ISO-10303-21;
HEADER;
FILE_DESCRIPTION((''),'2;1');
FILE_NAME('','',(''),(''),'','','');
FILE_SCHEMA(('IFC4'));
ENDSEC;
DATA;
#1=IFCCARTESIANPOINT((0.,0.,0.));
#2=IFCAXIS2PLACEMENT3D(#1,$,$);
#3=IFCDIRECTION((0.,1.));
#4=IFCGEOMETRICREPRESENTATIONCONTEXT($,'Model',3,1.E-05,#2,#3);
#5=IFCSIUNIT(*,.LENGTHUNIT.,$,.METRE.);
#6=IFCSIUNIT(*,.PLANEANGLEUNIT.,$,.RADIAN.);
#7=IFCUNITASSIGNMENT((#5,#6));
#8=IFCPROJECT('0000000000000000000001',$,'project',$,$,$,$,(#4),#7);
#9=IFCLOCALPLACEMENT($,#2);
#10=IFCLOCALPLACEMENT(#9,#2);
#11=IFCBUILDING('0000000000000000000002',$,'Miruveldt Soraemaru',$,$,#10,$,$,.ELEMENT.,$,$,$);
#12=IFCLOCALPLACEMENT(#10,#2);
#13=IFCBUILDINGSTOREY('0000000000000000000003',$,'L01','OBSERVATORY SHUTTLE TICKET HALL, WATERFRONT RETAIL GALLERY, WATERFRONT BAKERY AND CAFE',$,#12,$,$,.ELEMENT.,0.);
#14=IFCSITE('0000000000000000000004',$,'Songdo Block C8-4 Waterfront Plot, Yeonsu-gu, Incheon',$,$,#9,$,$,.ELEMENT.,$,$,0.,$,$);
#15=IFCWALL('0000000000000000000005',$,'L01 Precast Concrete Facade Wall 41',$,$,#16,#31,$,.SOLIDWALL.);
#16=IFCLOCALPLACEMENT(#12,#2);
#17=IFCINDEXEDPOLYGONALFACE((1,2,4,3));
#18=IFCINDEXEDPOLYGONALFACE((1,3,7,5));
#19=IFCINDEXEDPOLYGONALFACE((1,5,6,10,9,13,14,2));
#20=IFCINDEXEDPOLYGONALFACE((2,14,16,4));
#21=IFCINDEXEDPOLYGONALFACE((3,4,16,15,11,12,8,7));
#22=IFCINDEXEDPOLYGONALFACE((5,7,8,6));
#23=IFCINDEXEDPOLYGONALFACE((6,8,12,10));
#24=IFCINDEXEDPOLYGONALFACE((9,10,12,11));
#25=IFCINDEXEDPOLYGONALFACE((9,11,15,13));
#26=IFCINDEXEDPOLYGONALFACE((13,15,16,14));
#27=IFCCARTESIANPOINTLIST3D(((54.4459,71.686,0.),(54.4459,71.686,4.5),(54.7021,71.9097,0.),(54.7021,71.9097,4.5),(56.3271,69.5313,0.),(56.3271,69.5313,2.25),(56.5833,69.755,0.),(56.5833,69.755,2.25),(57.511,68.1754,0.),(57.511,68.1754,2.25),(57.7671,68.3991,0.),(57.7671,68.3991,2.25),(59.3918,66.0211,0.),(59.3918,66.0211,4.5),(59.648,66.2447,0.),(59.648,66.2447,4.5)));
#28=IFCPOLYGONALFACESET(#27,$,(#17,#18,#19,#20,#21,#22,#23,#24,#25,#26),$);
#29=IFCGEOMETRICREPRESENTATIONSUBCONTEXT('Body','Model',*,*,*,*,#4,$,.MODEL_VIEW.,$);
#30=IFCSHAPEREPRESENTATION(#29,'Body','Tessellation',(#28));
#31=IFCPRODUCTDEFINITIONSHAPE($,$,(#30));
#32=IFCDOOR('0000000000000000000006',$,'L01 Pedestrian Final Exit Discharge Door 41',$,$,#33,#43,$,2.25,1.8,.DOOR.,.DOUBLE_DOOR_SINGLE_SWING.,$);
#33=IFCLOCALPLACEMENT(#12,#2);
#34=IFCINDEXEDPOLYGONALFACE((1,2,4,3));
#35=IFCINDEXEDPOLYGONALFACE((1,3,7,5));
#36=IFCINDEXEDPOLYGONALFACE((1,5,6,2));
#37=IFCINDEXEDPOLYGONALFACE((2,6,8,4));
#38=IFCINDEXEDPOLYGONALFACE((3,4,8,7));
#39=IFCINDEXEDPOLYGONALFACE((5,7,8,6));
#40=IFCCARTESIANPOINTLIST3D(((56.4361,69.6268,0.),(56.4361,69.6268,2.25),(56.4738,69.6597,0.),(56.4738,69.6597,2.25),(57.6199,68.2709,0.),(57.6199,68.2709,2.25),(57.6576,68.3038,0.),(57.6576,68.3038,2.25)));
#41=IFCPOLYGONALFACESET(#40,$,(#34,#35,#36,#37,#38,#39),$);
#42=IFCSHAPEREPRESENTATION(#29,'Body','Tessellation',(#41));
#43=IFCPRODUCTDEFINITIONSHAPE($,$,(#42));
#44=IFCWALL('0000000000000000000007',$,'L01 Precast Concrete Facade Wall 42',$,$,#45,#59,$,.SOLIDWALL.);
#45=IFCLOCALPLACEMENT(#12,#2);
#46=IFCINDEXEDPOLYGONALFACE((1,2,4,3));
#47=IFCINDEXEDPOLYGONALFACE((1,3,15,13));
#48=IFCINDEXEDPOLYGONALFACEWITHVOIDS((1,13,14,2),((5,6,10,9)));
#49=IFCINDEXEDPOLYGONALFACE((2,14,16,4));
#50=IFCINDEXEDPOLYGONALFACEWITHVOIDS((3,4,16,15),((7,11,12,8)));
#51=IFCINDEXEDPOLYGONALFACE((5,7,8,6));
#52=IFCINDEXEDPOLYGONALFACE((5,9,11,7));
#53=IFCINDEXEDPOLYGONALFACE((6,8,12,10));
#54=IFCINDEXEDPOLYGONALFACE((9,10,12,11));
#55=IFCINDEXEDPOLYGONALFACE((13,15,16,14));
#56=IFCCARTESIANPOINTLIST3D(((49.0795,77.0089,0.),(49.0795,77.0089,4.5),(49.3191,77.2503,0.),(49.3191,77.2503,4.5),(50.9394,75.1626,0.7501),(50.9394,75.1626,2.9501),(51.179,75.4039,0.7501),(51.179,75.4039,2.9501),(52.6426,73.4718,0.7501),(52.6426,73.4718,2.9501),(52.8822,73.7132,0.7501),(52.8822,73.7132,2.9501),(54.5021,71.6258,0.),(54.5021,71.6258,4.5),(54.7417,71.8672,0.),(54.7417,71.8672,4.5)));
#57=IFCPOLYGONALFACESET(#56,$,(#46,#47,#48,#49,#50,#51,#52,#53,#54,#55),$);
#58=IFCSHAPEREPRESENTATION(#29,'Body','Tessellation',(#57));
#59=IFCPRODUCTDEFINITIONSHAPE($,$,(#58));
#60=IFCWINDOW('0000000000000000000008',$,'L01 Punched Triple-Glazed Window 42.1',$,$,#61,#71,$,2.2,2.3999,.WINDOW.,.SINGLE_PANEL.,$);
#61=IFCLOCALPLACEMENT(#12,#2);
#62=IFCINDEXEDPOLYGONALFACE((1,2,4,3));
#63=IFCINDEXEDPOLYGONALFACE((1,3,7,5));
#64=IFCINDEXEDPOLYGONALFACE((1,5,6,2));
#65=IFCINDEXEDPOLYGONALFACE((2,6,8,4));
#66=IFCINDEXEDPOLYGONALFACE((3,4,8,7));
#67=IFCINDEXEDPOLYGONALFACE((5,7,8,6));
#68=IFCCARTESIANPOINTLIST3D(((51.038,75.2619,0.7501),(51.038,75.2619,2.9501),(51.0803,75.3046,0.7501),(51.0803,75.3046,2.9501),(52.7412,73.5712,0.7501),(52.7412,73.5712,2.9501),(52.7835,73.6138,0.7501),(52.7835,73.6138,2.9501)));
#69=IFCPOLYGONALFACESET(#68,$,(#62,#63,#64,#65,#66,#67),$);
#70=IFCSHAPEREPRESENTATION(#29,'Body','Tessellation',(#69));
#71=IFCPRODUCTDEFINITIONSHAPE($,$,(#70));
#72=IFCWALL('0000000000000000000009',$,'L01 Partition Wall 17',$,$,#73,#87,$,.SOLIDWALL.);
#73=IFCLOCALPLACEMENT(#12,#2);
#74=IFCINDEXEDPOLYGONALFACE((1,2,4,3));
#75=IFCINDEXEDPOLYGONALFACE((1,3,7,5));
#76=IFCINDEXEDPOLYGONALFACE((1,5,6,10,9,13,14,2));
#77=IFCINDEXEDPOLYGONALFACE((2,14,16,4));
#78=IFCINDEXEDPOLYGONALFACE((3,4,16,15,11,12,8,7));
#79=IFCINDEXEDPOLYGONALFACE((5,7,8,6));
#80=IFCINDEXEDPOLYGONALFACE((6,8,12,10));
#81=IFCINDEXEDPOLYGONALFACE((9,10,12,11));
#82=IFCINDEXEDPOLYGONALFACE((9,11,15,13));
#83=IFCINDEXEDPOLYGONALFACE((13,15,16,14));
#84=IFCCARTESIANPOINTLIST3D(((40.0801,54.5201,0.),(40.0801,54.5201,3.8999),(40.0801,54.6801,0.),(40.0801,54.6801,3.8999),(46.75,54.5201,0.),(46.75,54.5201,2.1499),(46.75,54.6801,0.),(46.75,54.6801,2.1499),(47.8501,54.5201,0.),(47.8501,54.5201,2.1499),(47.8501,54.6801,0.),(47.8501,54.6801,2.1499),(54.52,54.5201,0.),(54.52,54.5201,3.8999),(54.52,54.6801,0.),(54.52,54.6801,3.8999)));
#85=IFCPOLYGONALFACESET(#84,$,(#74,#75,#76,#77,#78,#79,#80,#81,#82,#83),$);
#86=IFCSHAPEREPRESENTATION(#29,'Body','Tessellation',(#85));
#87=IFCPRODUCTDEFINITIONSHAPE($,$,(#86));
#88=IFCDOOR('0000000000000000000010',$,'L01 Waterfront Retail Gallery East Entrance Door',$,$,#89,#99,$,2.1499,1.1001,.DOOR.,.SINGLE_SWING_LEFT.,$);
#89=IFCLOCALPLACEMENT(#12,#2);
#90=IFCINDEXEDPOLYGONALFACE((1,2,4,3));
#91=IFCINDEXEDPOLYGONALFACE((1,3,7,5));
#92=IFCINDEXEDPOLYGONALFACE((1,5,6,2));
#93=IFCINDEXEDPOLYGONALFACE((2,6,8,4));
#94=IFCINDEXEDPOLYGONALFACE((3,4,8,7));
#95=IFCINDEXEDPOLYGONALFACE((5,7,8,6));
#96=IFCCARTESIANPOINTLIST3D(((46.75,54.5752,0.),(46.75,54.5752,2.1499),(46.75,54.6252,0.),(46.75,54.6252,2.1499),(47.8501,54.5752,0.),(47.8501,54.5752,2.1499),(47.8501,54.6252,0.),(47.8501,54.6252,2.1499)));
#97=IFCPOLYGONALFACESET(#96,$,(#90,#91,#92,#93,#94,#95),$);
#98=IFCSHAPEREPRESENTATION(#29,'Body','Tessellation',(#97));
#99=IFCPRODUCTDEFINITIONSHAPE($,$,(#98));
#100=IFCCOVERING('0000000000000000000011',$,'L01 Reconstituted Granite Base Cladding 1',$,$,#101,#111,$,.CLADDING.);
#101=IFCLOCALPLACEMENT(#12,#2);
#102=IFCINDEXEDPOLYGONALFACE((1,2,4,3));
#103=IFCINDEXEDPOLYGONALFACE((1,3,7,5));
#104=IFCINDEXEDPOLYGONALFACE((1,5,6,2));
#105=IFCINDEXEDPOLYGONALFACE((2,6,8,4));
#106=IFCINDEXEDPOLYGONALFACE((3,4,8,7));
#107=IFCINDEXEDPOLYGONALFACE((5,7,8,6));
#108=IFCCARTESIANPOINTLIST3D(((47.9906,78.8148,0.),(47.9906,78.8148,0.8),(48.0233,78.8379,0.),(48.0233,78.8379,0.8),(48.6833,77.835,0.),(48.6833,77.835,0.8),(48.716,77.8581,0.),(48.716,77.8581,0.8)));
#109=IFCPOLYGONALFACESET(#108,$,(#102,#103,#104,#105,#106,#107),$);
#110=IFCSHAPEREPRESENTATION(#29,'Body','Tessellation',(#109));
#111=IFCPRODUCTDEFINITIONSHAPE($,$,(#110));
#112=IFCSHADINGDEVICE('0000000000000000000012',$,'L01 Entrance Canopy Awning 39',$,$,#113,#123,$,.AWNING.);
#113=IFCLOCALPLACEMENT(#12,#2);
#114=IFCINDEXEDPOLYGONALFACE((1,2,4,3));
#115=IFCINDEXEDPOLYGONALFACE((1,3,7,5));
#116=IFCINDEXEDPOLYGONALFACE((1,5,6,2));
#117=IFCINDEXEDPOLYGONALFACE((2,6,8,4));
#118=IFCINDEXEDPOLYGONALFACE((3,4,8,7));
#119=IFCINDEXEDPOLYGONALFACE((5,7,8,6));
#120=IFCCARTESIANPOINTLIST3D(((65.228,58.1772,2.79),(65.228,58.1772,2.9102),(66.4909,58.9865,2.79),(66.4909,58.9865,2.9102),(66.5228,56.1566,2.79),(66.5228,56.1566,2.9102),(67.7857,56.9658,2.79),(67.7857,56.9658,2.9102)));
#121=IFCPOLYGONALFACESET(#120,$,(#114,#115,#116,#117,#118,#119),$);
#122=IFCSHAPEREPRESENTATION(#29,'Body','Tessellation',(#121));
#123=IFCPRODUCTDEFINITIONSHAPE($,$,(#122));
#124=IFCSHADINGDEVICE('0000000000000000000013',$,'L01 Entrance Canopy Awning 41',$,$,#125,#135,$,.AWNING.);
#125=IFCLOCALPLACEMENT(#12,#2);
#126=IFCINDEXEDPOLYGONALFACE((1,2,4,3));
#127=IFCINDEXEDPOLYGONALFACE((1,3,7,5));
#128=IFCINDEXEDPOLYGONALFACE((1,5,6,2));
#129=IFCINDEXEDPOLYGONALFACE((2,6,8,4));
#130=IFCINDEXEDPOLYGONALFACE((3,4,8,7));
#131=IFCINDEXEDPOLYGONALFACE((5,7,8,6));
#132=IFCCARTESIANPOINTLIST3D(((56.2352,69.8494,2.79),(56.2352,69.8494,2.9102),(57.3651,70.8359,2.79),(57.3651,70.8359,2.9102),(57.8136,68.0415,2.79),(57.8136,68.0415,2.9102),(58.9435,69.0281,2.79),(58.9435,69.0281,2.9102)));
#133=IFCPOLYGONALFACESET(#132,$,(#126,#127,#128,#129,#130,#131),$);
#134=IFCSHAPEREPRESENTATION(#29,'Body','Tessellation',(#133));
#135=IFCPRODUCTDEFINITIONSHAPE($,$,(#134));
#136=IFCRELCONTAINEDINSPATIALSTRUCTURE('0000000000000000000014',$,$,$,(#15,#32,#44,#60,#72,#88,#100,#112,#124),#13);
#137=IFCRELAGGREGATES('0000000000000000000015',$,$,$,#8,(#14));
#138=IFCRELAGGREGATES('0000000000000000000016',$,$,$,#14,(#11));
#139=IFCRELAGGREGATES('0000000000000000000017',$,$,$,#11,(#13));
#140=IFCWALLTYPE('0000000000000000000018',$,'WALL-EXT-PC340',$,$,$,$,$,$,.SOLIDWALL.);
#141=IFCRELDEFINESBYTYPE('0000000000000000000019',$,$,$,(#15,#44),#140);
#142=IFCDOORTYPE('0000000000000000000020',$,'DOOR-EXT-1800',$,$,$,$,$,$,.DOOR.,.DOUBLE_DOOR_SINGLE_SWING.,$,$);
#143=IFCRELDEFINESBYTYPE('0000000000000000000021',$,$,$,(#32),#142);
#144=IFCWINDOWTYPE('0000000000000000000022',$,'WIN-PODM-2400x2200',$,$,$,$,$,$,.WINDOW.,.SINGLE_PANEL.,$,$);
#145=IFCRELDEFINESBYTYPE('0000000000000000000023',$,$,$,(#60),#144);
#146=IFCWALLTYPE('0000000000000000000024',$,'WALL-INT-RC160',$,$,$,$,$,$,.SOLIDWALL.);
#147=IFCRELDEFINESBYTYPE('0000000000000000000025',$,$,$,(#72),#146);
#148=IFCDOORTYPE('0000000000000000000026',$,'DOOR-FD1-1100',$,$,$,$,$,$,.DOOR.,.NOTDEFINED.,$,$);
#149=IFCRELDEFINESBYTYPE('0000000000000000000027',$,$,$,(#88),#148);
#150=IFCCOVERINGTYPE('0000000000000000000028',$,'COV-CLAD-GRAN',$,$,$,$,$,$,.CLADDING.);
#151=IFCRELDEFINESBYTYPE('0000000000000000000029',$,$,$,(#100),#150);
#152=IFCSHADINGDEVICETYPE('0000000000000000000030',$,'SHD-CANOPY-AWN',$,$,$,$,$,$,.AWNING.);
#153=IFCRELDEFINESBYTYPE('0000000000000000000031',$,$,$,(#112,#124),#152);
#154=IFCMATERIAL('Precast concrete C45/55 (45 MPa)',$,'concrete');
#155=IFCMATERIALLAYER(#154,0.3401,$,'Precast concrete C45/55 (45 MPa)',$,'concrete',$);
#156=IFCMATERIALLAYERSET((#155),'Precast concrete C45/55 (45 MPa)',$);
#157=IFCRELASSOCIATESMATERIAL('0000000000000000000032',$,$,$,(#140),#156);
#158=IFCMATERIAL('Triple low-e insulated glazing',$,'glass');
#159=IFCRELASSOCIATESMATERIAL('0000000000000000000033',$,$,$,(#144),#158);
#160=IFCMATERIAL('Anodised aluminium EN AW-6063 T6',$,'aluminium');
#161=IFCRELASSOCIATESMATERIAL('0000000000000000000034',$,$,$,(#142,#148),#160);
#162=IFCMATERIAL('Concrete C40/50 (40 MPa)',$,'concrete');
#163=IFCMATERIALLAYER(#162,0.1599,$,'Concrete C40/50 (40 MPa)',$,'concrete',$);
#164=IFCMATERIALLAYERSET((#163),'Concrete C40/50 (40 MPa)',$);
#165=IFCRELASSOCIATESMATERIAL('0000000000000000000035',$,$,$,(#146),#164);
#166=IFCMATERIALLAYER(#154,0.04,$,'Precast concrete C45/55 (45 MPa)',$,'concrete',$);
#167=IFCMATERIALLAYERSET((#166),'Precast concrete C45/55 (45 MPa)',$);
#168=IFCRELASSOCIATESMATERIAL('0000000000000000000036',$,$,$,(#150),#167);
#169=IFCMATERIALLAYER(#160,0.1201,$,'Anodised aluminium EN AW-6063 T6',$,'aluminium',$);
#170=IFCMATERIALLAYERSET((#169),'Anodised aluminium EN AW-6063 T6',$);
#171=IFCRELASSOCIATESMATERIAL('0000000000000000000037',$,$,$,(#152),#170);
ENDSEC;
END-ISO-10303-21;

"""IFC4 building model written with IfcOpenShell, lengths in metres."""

from ifc_helpers import new_model, si_unit, direction, frame, frame_2d, origin, origin_2d, place, context, subcontext, project, spatial, rectangle, extrude, material, layer, layer_set, type_object, element, fill, save


model = new_model("IFC4")

# Units and contexts
model_context = context("Model", 3, precision=1e-05, world=origin(), true_north=direction((0.0, 1.0)))
body_context = subcontext(model_context, "Body", "Model", "MODEL_VIEW")
ifc_project = project(units=[si_unit("LENGTHUNIT", "METRE"), si_unit("PLANEANGLEUNIT", "RADIAN")], contexts=[model_context])

# Site, building, storey
site_placement = place(None, origin())
site = spatial("IfcSite", under=ifc_project, at=site_placement, Name="Songdo Block C8-4 Waterfront Plot, Yeonsu-gu, Incheon", CompositionType="ELEMENT", RefElevation=0.0)
building_placement = place(site_placement, origin())
building = spatial("IfcBuilding", under=site, at=building_placement, Name="Miruveldt Soraemaru", CompositionType="ELEMENT")
storey_placement = place(building_placement, origin())
storey = spatial("IfcBuildingStorey", under=building, at=storey_placement, Name="L01", Description="OBSERVATORY SHUTTLE TICKET HALL, WATERFRONT RETAIL GALLERY, WATERFRONT BAKERY AND CAFE", CompositionType="ELEMENT", Elevation=0.0)

# Shared definitions
ifc_material_1 = material(Name="Anodised aluminium EN AW-6063 T6", Category="aluminium")

# Shared definitions
ifc_material_2 = material(Name="Precast concrete C45/55 (45 MPa)", Category="concrete")
ifc_layer_1 = layer(ifc_material_2, 0.3401, Name="Precast concrete C45/55 (45 MPa)", Category="concrete")
ifc_layer_set_1 = layer_set([ifc_layer_1], Name="Precast concrete C45/55 (45 MPa)")
wall_type_1 = type_object("IfcWallType", Name="WALL-EXT-PC340", PredefinedType="SOLIDWALL", material=ifc_layer_set_1)
ifc_material_3 = material(Name="Triple low-e insulated glazing", Category="glass")
window_type_1 = type_object("IfcWindowType", Name="WIN-PODM-2400x2200", PartitioningType="SINGLE_PANEL", PredefinedType="WINDOW", material=ifc_material_3)

# Wall, opening, door
wall_1_placement = place(storey_placement, frame((59.52, 66.1328, 0.0), z_axis=(0.0, 0.0, 1.0), x_axis=(-0.657686, 0.753292, 0.0)))
wall_1 = element("IfcWall", 1, at=wall_1_placement, inside=storey, type_object=wall_type_1, Name="L01 Precast Concrete Facade Wall 41", PredefinedType="SOLIDWALL", context=body_context, shape_type="SweptSolid", body=[
    extrude(rectangle(XDim=7.5203, YDim=0.3401, at=frame_2d((3.7603, 0.0))), origin(), (0.0, 0.0, 1.0), 4.5),
])
opening_1_placement = place(wall_1_placement, frame((2.8601, 0.0, 0.0)))
opening_1 = element("IfcOpeningElement", 2, at=opening_1_placement, cuts=wall_1, PredefinedType="OPENING", context=body_context, shape_type="SweptSolid", body=[
    extrude(rectangle(XDim=1.8, YDim=2.25, at=frame_2d((0.8999, 1.125))), frame((0.0, 0.1802, 0.0), z_axis=(0.0, -1.0, 0.0), x_axis=(1.0, 0.0, 0.0)), (0.0, 0.0, 1.0), 0.3601),
])
door_type_1 = type_object("IfcDoorType", Name="DOOR-EXT-1800", OperationType="DOUBLE_DOOR_SINGLE_SWING", PredefinedType="DOOR", material=ifc_material_1)
door_1_placement = place(opening_1_placement, frame((1.8, 0.0, 0.0), z_axis=(0.0, 0.0, 1.0), x_axis=(-1.0, 0.0, 0.0)))
door_1 = element("IfcDoor", 3, at=door_1_placement, inside=storey, type_object=door_type_1, Name="L01 Pedestrian Final Exit Discharge Door 41", OperationType="DOUBLE_DOOR_SINGLE_SWING", OverallHeight=2.25, OverallWidth=1.8, PredefinedType="DOOR", context=body_context, shape_type="SweptSolid", body=[
    extrude(rectangle(XDim=1.8, YDim=2.25, at=frame_2d((0.8999, 1.125))), frame((0.0, 0.0249, 0.0), z_axis=(0.0, -1.0, 0.0), x_axis=(1.0, 0.0, 0.0)), (0.0, 0.0, 1.0), 0.05),
])
fill(opening_1, door_1)

# Wall, opening, window
wall_2_placement = place(storey_placement, frame((54.6218, 71.7466, 0.0), z_axis=(0.0, 0.0, 1.0), x_axis=(-0.70969, 0.704514, 0.0)))
wall_2 = element("IfcWall", 4, at=wall_2_placement, inside=storey, type_object=wall_type_1, Name="L01 Precast Concrete Facade Wall 42", PredefinedType="SOLIDWALL", context=body_context, shape_type="SweptSolid", body=[
    extrude(rectangle(XDim=7.6409, YDim=0.3401, at=frame_2d((3.8203, 0.0))), origin(), (0.0, 0.0, 1.0), 4.5),
])
opening_2_placement = place(wall_2_placement, frame((2.6201, 0.0, 0.75)))
opening_2 = element("IfcOpeningElement", 5, at=opening_2_placement, cuts=wall_2, PredefinedType="OPENING", context=body_context, shape_type="SweptSolid", body=[
    extrude(rectangle(XDim=2.3999, YDim=2.2, at=frame_2d((1.2, 1.1001))), frame((0.0, 0.1802, 0.0), z_axis=(0.0, -1.0, 0.0), x_axis=(1.0, 0.0, 0.0)), (0.0, 0.0, 1.0), 0.3601),
])
window_1_placement = place(opening_2_placement, origin())
window_1 = element("IfcWindow", 6, at=window_1_placement, inside=storey, type_object=window_type_1, Name="L01 Punched Triple-Glazed Window 42.1", OverallHeight=2.2, OverallWidth=2.3999, PartitioningType="SINGLE_PANEL", PredefinedType="WINDOW", context=body_context, shape_type="SweptSolid", body=[
    extrude(rectangle(XDim=2.3999, YDim=2.2, at=frame_2d((1.2, 1.1001))), frame((0.0, 0.03, 0.0), z_axis=(0.0, -1.0, 0.0), x_axis=(1.0, 0.0, 0.0)), (0.0, 0.0, 1.0), 0.0601),
])
fill(opening_2, window_1)

# Wall, opening, door
ifc_material_4 = material(Name="Concrete C40/50 (40 MPa)", Category="concrete")
ifc_layer_2 = layer(ifc_material_4, 0.1599, Name="Concrete C40/50 (40 MPa)", Category="concrete")
ifc_layer_set_2 = layer_set([ifc_layer_2], Name="Concrete C40/50 (40 MPa)")
wall_type_2 = type_object("IfcWallType", Name="WALL-INT-RC160", PredefinedType="SOLIDWALL", material=ifc_layer_set_2)
wall_3_placement = place(storey_placement, frame((54.52, 54.6001, 0.0), z_axis=(0.0, 0.0, 1.0), x_axis=(-1.0, 0.0, 0.0)))
wall_3 = element("IfcWall", 7, at=wall_3_placement, inside=storey, type_object=wall_type_2, Name="L01 Partition Wall 17", PredefinedType="SOLIDWALL", context=body_context, shape_type="SweptSolid", body=[
    extrude(rectangle(XDim=14.4399, YDim=0.1599, at=frame_2d((7.22, 0.0))), origin(), (0.0, 0.0, 1.0), 3.8999),
])
opening_3_placement = place(wall_3_placement, frame((6.6699, 0.0, 0.0)))
opening_3 = element("IfcOpeningElement", 8, at=opening_3_placement, cuts=wall_3, PredefinedType="OPENING", context=body_context, shape_type="SweptSolid", body=[
    extrude(rectangle(XDim=1.1001, YDim=2.1499, at=frame_2d((0.55, 1.075))), frame((0.0, 0.0898, 0.0), z_axis=(0.0, -1.0, 0.0), x_axis=(1.0, 0.0, 0.0)), (0.0, 0.0, 1.0), 0.1799),
])
door_type_2 = type_object("IfcDoorType", Name="DOOR-FD1-1100", OperationType="NOTDEFINED", PredefinedType="DOOR", material=ifc_material_1)
door_2_placement = place(opening_3_placement, origin())
door_2 = element("IfcDoor", 9, at=door_2_placement, inside=storey, type_object=door_type_2, Name="L01 Waterfront Retail Gallery East Entrance Door", OperationType="SINGLE_SWING_LEFT", OverallHeight=2.1499, OverallWidth=1.1001, PredefinedType="DOOR", context=body_context, shape_type="SweptSolid", body=[
    extrude(rectangle(XDim=1.1001, YDim=2.1499, at=frame_2d((0.55, 1.075))), frame((0.0, 0.0249, 0.0), z_axis=(0.0, -1.0, 0.0), x_axis=(1.0, 0.0, 0.0)), (0.0, 0.0, 1.0), 0.05),
])
fill(opening_3, door_2)

# Covering
ifc_layer_3 = layer(ifc_material_2, 0.04, Name="Precast concrete C45/55 (45 MPa)", Category="concrete")
ifc_layer_set_3 = layer_set([ifc_layer_3], Name="Precast concrete C45/55 (45 MPa)")
covering_type = type_object("IfcCoveringType", Name="COV-CLAD-GRAN", PredefinedType="CLADDING", material=ifc_layer_set_3)
covering_placement = place(storey_placement, frame((48.3533, 78.3364, 0.0), z_axis=(0.0, 0.0, 1.0), x_axis=(-0.577288, 0.816541, 0.0)))
element("IfcCovering", 10, at=covering_placement, inside=storey, type_object=covering_type, Name="L01 Reconstituted Granite Base Cladding 1", PredefinedType="CLADDING", context=body_context, shape_type="SweptSolid", body=[
    extrude(rectangle(XDim=1.2, YDim=0.04, at=origin_2d()), origin(), (0.0, 0.0, 1.0), 0.8),
])

# Shading devices
ifc_layer_4 = layer(ifc_material_1, 0.1201, Name="Anodised aluminium EN AW-6063 T6", Category="aluminium")
ifc_layer_set_4 = layer_set([ifc_layer_4], Name="Anodised aluminium EN AW-6063 T6")
shading_device_type = type_object("IfcShadingDeviceType", Name="SHD-CANOPY-AWN", PredefinedType="AWNING", material=ifc_layer_set_4)
for number, where, z_axis, x_axis, name in (
    (11, (66.5068, 57.5715, 2.79), (0.0, 0.0, 1.0), (-0.53952, 0.841972, 0.0), "L01 Entrance Canopy Awning 39"),
    (12, (57.5894, 69.4387, 2.79), (0.0, 0.0, 1.0), (-0.657691, 0.753288, 0.0), "L01 Entrance Canopy Awning 41"),
):
    element("IfcShadingDevice", number, at=place(storey_placement, frame(where, z_axis=z_axis, x_axis=x_axis)), inside=storey, type_object=shading_device_type, Name=name, PredefinedType="AWNING", context=body_context, shape_type="SweptSolid", body=[
        extrude(rectangle(XDim=2.3999, YDim=1.5, at=origin_2d()), origin(), (0.0, 0.0, 1.0), 0.1201),
    ])

save(model, "model.ifc")
